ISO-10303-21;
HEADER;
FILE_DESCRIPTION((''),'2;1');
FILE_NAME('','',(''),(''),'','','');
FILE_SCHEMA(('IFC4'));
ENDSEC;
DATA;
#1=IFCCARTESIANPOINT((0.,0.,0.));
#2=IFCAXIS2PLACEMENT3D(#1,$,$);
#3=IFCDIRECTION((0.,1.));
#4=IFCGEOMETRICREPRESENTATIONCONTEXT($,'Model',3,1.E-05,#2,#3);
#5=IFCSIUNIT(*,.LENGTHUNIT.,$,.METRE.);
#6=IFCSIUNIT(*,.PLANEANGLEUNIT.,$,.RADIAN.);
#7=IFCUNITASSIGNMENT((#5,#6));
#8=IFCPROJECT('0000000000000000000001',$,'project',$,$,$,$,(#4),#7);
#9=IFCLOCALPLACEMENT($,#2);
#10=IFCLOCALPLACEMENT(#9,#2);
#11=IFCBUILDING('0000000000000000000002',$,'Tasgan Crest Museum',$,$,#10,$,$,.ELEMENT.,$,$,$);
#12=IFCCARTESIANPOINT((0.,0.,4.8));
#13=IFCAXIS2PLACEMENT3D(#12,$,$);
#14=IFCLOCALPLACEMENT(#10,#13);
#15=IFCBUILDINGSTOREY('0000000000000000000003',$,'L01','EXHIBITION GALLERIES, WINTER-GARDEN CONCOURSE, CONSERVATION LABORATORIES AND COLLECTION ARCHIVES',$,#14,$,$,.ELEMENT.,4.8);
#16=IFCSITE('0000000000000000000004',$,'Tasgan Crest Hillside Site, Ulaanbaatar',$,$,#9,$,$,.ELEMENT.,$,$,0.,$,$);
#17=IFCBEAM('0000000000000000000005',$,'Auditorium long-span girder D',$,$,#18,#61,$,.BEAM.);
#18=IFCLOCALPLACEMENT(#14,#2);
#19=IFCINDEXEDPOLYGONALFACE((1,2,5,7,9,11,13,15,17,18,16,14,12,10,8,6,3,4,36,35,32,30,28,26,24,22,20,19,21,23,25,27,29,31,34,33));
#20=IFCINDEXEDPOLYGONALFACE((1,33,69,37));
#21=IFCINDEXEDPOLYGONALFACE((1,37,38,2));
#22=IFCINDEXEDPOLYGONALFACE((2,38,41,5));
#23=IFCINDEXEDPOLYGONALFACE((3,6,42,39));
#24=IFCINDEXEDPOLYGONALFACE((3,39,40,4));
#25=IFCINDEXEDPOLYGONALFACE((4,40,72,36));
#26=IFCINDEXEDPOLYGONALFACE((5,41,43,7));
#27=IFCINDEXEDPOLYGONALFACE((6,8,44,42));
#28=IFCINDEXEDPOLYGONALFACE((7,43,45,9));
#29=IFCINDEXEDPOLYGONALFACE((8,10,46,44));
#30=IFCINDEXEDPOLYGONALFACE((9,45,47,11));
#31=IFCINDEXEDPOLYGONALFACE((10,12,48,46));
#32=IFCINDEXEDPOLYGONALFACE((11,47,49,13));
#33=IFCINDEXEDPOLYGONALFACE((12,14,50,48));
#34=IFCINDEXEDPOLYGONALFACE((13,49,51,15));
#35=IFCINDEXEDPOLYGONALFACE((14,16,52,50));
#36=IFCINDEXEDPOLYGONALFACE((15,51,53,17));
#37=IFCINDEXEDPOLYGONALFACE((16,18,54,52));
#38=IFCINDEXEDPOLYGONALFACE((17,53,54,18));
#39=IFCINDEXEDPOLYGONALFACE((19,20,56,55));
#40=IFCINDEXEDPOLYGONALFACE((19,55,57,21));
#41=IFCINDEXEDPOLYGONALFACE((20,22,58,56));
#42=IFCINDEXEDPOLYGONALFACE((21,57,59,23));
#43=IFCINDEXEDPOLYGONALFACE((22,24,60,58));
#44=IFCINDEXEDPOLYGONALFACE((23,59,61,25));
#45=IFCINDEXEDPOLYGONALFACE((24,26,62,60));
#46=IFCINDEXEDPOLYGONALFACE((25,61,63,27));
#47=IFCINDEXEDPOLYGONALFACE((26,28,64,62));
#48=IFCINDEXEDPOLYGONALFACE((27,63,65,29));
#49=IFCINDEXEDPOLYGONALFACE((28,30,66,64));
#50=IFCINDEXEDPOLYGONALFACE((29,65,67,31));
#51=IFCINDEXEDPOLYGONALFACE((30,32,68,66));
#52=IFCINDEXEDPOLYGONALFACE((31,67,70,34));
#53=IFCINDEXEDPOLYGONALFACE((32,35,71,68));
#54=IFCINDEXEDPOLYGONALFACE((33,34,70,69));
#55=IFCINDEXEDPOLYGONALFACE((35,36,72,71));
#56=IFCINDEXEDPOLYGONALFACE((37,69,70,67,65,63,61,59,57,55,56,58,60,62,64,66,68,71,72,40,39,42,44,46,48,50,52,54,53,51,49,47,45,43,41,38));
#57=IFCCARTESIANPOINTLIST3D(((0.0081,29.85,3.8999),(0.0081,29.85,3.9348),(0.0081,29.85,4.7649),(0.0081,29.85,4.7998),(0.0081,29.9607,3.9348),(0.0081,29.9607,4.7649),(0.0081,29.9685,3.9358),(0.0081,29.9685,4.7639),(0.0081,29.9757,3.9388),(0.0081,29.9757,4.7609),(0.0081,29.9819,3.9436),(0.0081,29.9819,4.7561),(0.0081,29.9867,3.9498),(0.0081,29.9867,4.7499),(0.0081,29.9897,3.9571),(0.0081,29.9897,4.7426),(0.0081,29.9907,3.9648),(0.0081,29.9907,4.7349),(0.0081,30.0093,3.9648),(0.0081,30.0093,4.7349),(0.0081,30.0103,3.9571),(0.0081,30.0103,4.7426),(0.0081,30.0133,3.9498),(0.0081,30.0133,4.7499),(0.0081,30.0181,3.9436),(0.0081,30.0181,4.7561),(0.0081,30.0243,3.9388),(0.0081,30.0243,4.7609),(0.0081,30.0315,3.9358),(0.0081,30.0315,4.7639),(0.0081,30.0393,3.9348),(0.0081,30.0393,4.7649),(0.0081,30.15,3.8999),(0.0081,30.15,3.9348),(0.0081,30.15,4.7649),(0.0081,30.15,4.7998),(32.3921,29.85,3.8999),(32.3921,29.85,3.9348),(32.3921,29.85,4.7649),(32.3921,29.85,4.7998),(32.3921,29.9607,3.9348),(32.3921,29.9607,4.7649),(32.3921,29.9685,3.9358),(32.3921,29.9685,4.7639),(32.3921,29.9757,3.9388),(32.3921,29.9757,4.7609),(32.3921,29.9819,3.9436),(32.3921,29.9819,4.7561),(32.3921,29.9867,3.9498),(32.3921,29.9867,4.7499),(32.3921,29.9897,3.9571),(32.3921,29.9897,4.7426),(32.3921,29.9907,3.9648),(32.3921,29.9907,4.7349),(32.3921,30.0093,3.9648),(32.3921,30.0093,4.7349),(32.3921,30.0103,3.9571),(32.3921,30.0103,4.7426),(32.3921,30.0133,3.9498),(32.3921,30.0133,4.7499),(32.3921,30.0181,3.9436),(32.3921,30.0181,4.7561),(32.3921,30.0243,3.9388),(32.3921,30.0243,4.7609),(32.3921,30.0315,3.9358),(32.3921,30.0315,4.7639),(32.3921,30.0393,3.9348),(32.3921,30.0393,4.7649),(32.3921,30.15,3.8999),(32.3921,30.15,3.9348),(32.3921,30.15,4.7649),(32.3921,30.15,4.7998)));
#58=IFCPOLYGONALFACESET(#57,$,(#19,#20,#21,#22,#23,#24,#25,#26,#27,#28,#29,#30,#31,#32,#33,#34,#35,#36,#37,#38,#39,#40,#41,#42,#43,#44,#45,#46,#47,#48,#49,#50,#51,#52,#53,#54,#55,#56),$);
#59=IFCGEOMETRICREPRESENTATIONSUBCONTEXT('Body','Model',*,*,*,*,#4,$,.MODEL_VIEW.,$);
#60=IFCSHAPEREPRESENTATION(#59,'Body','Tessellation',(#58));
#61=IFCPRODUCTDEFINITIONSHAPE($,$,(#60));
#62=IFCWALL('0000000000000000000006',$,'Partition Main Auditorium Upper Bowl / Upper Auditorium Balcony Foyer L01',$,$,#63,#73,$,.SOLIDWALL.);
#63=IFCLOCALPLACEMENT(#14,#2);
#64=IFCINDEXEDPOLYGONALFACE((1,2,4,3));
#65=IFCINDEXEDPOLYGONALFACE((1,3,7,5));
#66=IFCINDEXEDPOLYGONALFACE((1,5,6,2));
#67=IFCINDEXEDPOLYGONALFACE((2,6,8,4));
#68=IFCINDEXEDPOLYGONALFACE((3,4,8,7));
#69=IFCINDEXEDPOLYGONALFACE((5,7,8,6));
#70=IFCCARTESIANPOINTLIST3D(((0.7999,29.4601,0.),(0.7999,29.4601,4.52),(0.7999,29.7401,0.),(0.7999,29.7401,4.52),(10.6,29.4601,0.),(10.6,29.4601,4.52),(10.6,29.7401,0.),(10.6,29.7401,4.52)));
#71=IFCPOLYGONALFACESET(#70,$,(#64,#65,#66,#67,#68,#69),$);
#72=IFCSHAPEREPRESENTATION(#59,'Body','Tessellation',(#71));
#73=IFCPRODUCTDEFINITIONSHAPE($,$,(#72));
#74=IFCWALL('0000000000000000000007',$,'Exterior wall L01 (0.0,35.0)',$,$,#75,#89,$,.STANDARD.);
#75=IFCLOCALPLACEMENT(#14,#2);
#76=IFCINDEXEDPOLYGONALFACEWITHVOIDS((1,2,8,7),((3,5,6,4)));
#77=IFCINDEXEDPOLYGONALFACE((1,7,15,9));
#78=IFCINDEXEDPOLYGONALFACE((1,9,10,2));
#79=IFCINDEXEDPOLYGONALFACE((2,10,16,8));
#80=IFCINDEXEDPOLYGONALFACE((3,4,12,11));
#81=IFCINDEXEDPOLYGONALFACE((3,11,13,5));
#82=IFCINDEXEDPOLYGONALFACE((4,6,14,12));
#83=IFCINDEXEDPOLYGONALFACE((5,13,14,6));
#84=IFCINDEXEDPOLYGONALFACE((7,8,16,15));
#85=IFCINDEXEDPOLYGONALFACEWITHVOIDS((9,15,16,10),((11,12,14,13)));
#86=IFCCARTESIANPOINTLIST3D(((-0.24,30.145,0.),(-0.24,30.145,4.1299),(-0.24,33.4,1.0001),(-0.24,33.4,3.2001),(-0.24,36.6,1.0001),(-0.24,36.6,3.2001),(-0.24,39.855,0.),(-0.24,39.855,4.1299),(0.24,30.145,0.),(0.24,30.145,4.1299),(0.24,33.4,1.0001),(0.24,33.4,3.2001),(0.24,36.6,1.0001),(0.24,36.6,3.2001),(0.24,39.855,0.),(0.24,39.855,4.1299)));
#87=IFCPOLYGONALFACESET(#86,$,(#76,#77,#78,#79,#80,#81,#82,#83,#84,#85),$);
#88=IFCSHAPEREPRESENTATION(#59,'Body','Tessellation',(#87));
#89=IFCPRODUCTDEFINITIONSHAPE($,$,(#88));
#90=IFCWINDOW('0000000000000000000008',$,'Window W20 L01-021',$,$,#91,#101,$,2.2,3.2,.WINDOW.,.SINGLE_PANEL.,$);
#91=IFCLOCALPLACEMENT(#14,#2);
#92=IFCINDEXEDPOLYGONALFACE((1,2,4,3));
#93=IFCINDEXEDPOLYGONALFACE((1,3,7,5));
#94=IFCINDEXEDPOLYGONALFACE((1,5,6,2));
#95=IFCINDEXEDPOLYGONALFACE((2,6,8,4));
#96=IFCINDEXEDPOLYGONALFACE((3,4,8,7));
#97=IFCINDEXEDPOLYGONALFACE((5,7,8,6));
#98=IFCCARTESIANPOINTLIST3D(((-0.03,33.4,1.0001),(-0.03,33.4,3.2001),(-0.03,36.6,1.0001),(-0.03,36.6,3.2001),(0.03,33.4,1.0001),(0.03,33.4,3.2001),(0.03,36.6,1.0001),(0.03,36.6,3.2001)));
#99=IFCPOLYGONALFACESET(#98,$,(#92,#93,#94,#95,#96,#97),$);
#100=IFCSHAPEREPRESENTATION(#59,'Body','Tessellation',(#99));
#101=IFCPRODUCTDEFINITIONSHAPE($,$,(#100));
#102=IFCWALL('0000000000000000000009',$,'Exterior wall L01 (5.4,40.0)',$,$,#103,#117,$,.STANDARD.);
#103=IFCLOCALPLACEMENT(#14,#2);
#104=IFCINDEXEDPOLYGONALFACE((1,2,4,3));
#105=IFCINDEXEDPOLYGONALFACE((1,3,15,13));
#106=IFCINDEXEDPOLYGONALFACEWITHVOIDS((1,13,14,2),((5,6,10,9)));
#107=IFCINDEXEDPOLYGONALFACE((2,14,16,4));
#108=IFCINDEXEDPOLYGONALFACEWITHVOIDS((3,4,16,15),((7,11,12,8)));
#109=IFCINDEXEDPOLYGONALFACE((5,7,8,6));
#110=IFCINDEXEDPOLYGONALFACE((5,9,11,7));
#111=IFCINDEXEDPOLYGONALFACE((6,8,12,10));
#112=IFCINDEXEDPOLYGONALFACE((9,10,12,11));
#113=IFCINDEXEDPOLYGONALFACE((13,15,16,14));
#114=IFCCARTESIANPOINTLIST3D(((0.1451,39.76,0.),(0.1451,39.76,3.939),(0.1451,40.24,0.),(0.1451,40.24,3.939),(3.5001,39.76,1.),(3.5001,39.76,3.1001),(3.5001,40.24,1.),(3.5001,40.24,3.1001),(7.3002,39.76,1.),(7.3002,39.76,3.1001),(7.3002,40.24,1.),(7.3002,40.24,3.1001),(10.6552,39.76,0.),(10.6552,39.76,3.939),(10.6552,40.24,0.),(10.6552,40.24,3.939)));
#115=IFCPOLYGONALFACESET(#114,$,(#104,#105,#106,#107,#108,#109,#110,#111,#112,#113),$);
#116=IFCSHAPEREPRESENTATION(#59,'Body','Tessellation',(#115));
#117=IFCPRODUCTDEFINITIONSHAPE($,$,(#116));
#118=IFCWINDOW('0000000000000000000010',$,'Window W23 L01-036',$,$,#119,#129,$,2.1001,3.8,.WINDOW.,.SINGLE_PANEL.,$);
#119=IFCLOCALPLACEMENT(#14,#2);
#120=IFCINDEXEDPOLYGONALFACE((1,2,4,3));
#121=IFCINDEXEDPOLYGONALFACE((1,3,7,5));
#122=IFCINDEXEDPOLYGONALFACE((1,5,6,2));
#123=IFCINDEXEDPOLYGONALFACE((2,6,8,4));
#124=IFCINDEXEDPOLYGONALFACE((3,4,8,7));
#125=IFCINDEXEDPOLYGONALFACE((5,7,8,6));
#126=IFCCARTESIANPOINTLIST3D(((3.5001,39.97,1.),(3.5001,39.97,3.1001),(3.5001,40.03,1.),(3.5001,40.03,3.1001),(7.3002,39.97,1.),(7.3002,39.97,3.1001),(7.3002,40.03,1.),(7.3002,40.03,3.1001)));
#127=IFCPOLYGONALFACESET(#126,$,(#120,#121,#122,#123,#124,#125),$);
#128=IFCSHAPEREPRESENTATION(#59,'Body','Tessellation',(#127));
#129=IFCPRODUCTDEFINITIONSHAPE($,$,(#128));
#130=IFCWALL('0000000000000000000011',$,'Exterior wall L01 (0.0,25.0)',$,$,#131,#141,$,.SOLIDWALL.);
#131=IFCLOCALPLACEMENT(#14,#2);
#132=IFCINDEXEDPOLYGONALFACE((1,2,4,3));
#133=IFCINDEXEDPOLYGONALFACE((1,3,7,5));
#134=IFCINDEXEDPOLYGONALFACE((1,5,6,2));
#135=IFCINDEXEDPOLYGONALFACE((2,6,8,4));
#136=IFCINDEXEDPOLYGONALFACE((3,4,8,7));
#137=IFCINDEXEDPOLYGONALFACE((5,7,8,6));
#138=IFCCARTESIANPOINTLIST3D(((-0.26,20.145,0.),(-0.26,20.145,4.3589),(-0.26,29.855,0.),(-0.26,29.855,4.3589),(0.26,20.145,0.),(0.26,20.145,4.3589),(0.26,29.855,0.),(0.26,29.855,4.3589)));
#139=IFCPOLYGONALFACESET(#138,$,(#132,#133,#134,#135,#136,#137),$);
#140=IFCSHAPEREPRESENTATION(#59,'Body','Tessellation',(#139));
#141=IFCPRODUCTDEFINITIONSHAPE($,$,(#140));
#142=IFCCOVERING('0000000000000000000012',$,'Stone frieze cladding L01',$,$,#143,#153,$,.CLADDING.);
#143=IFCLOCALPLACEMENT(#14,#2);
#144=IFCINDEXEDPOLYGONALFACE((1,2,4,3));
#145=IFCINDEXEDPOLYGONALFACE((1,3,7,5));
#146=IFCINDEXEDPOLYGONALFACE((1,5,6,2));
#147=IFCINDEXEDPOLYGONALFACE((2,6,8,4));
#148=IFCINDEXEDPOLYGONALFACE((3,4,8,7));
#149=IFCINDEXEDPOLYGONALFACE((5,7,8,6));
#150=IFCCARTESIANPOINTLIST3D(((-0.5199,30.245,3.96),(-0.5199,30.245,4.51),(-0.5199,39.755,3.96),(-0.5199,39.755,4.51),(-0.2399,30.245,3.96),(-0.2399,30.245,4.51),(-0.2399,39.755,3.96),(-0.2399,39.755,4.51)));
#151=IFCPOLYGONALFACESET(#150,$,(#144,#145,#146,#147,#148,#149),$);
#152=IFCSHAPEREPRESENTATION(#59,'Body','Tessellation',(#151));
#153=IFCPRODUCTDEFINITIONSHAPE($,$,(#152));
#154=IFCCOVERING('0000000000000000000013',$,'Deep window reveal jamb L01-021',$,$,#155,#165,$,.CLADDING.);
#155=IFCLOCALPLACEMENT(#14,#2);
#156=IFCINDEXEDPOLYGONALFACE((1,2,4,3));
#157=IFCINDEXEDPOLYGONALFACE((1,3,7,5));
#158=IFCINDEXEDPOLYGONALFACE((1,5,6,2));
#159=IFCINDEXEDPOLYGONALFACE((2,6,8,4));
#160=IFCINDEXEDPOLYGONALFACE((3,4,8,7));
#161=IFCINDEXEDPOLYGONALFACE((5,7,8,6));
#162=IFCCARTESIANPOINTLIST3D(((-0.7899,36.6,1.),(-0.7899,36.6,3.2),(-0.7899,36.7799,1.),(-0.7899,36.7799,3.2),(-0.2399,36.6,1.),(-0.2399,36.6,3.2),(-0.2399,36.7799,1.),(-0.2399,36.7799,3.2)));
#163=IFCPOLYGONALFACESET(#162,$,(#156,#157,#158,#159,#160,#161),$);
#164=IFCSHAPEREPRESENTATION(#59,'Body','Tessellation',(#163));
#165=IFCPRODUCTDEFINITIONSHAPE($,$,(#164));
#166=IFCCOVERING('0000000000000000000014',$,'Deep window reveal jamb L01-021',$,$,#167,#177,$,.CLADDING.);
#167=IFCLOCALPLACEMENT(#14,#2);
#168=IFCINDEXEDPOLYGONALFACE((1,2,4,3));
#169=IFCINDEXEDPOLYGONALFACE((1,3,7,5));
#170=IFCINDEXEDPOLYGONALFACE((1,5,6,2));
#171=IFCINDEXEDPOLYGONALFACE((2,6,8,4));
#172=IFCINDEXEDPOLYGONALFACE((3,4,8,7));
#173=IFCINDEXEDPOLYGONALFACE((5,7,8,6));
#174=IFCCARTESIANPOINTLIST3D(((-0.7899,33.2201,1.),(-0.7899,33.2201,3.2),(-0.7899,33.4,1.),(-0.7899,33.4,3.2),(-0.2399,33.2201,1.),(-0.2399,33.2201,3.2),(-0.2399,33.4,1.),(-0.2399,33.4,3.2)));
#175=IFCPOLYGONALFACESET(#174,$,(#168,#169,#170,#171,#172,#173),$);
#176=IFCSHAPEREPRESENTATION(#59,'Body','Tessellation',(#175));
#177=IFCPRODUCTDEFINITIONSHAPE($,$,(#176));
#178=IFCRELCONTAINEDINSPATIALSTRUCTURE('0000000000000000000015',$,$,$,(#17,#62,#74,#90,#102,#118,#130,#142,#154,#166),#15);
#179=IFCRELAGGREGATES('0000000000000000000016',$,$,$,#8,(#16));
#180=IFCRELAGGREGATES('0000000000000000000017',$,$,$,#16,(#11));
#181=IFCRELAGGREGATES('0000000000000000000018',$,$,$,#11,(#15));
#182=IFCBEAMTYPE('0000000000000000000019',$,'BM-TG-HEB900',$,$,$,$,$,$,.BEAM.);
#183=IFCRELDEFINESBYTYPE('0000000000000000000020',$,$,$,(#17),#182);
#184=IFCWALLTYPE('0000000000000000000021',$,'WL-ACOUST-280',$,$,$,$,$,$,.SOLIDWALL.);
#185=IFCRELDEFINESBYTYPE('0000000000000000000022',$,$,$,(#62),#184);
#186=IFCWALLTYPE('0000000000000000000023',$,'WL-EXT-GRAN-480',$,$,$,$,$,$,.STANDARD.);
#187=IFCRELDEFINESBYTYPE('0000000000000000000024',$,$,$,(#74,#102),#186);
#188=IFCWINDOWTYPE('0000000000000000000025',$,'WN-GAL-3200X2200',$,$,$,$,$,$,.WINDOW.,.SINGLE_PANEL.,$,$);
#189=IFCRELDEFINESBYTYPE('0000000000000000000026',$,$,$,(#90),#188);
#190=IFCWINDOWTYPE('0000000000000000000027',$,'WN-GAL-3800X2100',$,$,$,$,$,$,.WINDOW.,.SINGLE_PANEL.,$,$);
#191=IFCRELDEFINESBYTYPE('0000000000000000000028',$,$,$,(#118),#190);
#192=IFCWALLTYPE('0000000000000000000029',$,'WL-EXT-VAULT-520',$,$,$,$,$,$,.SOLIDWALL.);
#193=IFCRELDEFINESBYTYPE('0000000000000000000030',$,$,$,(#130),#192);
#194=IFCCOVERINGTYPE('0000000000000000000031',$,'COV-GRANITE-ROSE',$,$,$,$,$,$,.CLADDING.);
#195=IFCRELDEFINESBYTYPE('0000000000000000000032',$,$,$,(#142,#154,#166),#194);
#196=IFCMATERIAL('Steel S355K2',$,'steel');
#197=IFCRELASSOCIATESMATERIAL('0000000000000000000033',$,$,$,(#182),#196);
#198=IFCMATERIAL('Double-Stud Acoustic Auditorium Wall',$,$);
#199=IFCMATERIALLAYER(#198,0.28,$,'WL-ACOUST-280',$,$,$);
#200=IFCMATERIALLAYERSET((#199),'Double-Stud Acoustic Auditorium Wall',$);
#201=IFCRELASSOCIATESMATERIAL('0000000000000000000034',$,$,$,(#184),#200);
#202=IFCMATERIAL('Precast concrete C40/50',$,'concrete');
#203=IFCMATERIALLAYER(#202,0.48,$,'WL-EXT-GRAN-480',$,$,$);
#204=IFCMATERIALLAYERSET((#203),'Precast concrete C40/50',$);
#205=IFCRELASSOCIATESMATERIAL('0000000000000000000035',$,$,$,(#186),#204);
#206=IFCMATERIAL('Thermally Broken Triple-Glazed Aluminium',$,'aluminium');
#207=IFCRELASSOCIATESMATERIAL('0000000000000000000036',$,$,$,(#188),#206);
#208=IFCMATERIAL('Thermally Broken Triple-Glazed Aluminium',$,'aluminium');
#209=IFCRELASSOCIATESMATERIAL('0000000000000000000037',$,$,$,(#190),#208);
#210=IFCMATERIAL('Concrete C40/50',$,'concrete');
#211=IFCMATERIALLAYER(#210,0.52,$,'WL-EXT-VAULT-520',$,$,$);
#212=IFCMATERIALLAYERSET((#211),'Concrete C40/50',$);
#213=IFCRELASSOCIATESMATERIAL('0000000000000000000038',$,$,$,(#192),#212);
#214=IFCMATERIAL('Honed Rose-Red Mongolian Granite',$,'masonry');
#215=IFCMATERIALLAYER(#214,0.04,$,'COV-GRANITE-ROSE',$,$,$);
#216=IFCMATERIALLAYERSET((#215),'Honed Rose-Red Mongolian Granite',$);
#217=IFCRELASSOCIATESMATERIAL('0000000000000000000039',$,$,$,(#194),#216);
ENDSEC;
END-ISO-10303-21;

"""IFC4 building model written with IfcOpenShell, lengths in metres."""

from ifc_helpers import new_model, si_unit, direction, frame, frame_2d, origin, origin_2d, place, context, subcontext, project, spatial, rectangle, i_section, extrude, material, layer, layer_set, material_profile, profile_set, type_object, element, fill, save


model = new_model("IFC4")

# Units and contexts
model_context = context("Model", 3, precision=1e-05, world=origin(), true_north=direction((0.0, 1.0)))
body_context = subcontext(model_context, "Body", "Model", "MODEL_VIEW")
ifc_project = project(units=[si_unit("LENGTHUNIT", "METRE"), si_unit("PLANEANGLEUNIT", "RADIAN")], contexts=[model_context])

# Site, building, storey
site_placement = place(None, origin())
site = spatial("IfcSite", under=ifc_project, at=site_placement, Name="Tasgan Crest Hillside Site, Ulaanbaatar", CompositionType="ELEMENT", RefElevation=0.0)
building_placement = place(site_placement, origin())
building = spatial("IfcBuilding", under=site, at=building_placement, Name="Tasgan Crest Museum", CompositionType="ELEMENT")
storey_placement = place(building_placement, frame((0.0, 0.0, 4.8)))
storey = spatial("IfcBuildingStorey", under=building, at=storey_placement, Name="L01", Description="EXHIBITION GALLERIES, WINTER-GARDEN CONCOURSE, CONSERVATION LABORATORIES AND COLLECTION ARCHIVES", CompositionType="ELEMENT", Elevation=4.8)

# Beam
ifc_material_1 = material(Name="Steel S355K2", Category="steel")
ifc_material_profile_1 = material_profile(ifc_material_1, i_section(OverallWidth=0.3, OverallDepth=0.8999, WebThickness=0.0186, FlangeThickness=0.0349, FilletRadius=0.03, at=origin_2d()), Name="HEB 900")
ifc_profile_set_1 = profile_set([ifc_material_profile_1], Name="Steel S355K2")
beam_type_1 = type_object("IfcBeamType", Name="BM-TG-HEB900", PredefinedType="BEAM", material=ifc_profile_set_1)
for number, where, z_axis, x_axis, name in (
    (1, (0.0081, 30.0, 4.3499), (1.0, 0.0, 0.0), (0.0, 1.0, 0.0), "Auditorium long-span girder D"),
):
    element("IfcBeam", number, at=place(storey_placement, frame(where, z_axis=z_axis, x_axis=x_axis)), inside=storey, type_object=beam_type_1, Name=name, PredefinedType="BEAM", context=body_context, shape_type="SweptSolid", body=[
        extrude(i_section(OverallWidth=0.3, OverallDepth=0.8999, WebThickness=0.0186, FlangeThickness=0.0349, FilletRadius=0.03, at=origin_2d()), origin(), (0.0, 0.0, 1.0), 32.384),
    ])

# Wall
ifc_material_2 = material(Name="Double-Stud Acoustic Auditorium Wall")
ifc_layer_1 = layer(ifc_material_2, 0.28, Name="WL-ACOUST-280")
ifc_layer_set_1 = layer_set([ifc_layer_1], Name="Double-Stud Acoustic Auditorium Wall")
wall_type_1 = type_object("IfcWallType", Name="WL-ACOUST-280", PredefinedType="SOLIDWALL", material=ifc_layer_set_1)
wall_1_placement = place(storey_placement, frame((0.8, 29.6001, 0.0), z_axis=(0.0, 0.0, 1.0), x_axis=(1.0, 0.0, 0.0)))
element("IfcWall", 2, at=wall_1_placement, inside=storey, type_object=wall_type_1, Name="Partition Main Auditorium Upper Bowl / Upper Auditorium Balcony Foyer L01", PredefinedType="SOLIDWALL", context=body_context, shape_type="SweptSolid", body=[
    extrude(rectangle(XDim=9.8, YDim=0.28, at=frame_2d((4.8999, 0.0))), origin(), (0.0, 0.0, 1.0), 4.52),
])

# Walls, openings, windows
ifc_material_3 = material(Name="Precast concrete C40/50", Category="concrete")
ifc_layer_2 = layer(ifc_material_3, 0.48, Name="WL-EXT-GRAN-480")
ifc_layer_set_2 = layer_set([ifc_layer_2], Name="Precast concrete C40/50")
wall_type_2 = type_object("IfcWallType", Name="WL-EXT-GRAN-480", PredefinedType="STANDARD", material=ifc_layer_set_2)
wall_2_placement = place(storey_placement, frame((0.0, 39.855, 0.0), z_axis=(0.0, 0.0, 1.0), x_axis=(0.0, -1.0, 0.0)))
wall_2 = element("IfcWall", 3, at=wall_2_placement, inside=storey, type_object=wall_type_2, Name="Exterior wall L01 (0.0,35.0)", PredefinedType="STANDARD", context=body_context, shape_type="SweptSolid", body=[
    extrude(rectangle(XDim=9.71, YDim=0.48, at=frame_2d((4.855, 0.0))), origin(), (0.0, 0.0, 1.0), 4.1299),
])
opening_1_placement = place(wall_2_placement, frame((3.2549, 0.0, 1.0)))
opening_1 = element("IfcOpeningElement", 4, at=opening_1_placement, cuts=wall_2, PredefinedType="OPENING", context=body_context, shape_type="SweptSolid", body=[
    extrude(rectangle(XDim=3.2, YDim=2.2, at=frame_2d((1.6001, 1.1001))), frame((0.0, 0.25, 0.0), z_axis=(0.0, -1.0, 0.0), x_axis=(1.0, 0.0, 0.0)), (0.0, 0.0, 1.0), 0.5),
])
ifc_material_4 = material(Name="Thermally Broken Triple-Glazed Aluminium", Category="aluminium")
window_type_1 = type_object("IfcWindowType", Name="WN-GAL-3200X2200", PartitioningType="SINGLE_PANEL", PredefinedType="WINDOW", material=ifc_material_4)
window_1_placement = place(opening_1_placement, origin())
window_1 = element("IfcWindow", 5, at=window_1_placement, inside=storey, type_object=window_type_1, Name="Window W20 L01-021", OverallHeight=2.2, OverallWidth=3.2, PartitioningType="SINGLE_PANEL", PredefinedType="WINDOW", context=body_context, shape_type="SweptSolid", body=[
    extrude(rectangle(XDim=3.2, YDim=2.2, at=frame_2d((1.6001, 1.1001))), frame((0.0, 0.03, 0.0), z_axis=(0.0, -1.0, 0.0), x_axis=(1.0, 0.0, 0.0)), (0.0, 0.0, 1.0), 0.0601),
])
fill(opening_1, window_1)
wall_3_placement = place(storey_placement, frame((10.655, 40.0, 0.0), z_axis=(0.0, 0.0, 1.0), x_axis=(-1.0, 0.0, 0.0)))
wall_3 = element("IfcWall", 6, at=wall_3_placement, inside=storey, type_object=wall_type_2, Name="Exterior wall L01 (5.4,40.0)", PredefinedType="STANDARD", context=body_context, shape_type="SweptSolid", body=[
    extrude(rectangle(XDim=10.51, YDim=0.48, at=frame_2d((5.2549, 0.0))), origin(), (0.0, 0.0, 1.0), 3.939),
])
opening_2_placement = place(wall_3_placement, frame((3.355, 0.0, 1.0)))
opening_2 = element("IfcOpeningElement", 7, at=opening_2_placement, cuts=wall_3, PredefinedType="OPENING", context=body_context, shape_type="SweptSolid", body=[
    extrude(rectangle(XDim=3.8, YDim=2.1001, at=frame_2d((1.8999, 1.05))), frame((0.0, 0.25, 0.0), z_axis=(0.0, -1.0, 0.0), x_axis=(1.0, 0.0, 0.0)), (0.0, 0.0, 1.0), 0.5),
])
ifc_material_5 = material(Name="Thermally Broken Triple-Glazed Aluminium", Category="aluminium")
window_type_2 = type_object("IfcWindowType", Name="WN-GAL-3800X2100", PartitioningType="SINGLE_PANEL", PredefinedType="WINDOW", material=ifc_material_5)
window_2_placement = place(opening_2_placement, origin())
window_2 = element("IfcWindow", 8, at=window_2_placement, inside=storey, type_object=window_type_2, Name="Window W23 L01-036", OverallHeight=2.1001, OverallWidth=3.8, PartitioningType="SINGLE_PANEL", PredefinedType="WINDOW", context=body_context, shape_type="SweptSolid", body=[
    extrude(rectangle(XDim=3.8, YDim=2.1001, at=frame_2d((1.8999, 1.05))), frame((0.0, 0.03, 0.0), z_axis=(0.0, -1.0, 0.0), x_axis=(1.0, 0.0, 0.0)), (0.0, 0.0, 1.0), 0.0601),
])
fill(opening_2, window_2)

# Wall
ifc_material_6 = material(Name="Concrete C40/50", Category="concrete")
ifc_layer_3 = layer(ifc_material_6, 0.52, Name="WL-EXT-VAULT-520")
ifc_layer_set_3 = layer_set([ifc_layer_3], Name="Concrete C40/50")
wall_type_3 = type_object("IfcWallType", Name="WL-EXT-VAULT-520", PredefinedType="SOLIDWALL", material=ifc_layer_set_3)
wall_4_placement = place(storey_placement, frame((0.0, 29.855, 0.0), z_axis=(0.0, 0.0, 1.0), x_axis=(0.0, -1.0, 0.0)))
element("IfcWall", 9, at=wall_4_placement, inside=storey, type_object=wall_type_3, Name="Exterior wall L01 (0.0,25.0)", PredefinedType="SOLIDWALL", context=body_context, shape_type="SweptSolid", body=[
    extrude(rectangle(XDim=9.71, YDim=0.52, at=frame_2d((4.855, 0.0))), origin(), (0.0, 0.0, 1.0), 4.3589),
])

# Coverings
ifc_material_7 = material(Name="Honed Rose-Red Mongolian Granite", Category="masonry")
ifc_layer_4 = layer(ifc_material_7, 0.04, Name="COV-GRANITE-ROSE")
ifc_layer_set_4 = layer_set([ifc_layer_4], Name="Honed Rose-Red Mongolian Granite")
covering_type_1 = type_object("IfcCoveringType", Name="COV-GRANITE-ROSE", PredefinedType="CLADDING", material=ifc_layer_set_4)
covering_1_placement = place(storey_placement, frame((-0.3799, 35.0, 3.96), z_axis=(0.0, 0.0, 1.0), x_axis=(0.0, -1.0, 0.0)))
element("IfcCovering", 10, at=covering_1_placement, inside=storey, type_object=covering_type_1, Name="Stone frieze cladding L01", PredefinedType="CLADDING", context=body_context, shape_type="SweptSolid", body=[
    extrude(rectangle(XDim=9.51, YDim=0.28, at=origin_2d()), origin(), (0.0, 0.0, 1.0), 0.55),
])
for number, where, z_axis, x_axis, name in (
    (11, (-0.5149, 36.6899, 1.0), (0.0, 0.0, 1.0), (0.0, -1.0, 0.0), "Deep window reveal jamb L01-021"),
    (12, (-0.5149, 33.3101, 1.0), (0.0, 0.0, 1.0), (0.0, -1.0, 0.0), "Deep window reveal jamb L01-021"),
):
    element("IfcCovering", number, at=place(storey_placement, frame(where, z_axis=z_axis, x_axis=x_axis)), inside=storey, type_object=covering_type_1, Name=name, PredefinedType="CLADDING", context=body_context, shape_type="SweptSolid", body=[
        extrude(rectangle(XDim=0.1799, YDim=0.55, at=origin_2d()), origin(), (0.0, 0.0, 1.0), 2.2),
    ])

save(model, "model.ifc")
